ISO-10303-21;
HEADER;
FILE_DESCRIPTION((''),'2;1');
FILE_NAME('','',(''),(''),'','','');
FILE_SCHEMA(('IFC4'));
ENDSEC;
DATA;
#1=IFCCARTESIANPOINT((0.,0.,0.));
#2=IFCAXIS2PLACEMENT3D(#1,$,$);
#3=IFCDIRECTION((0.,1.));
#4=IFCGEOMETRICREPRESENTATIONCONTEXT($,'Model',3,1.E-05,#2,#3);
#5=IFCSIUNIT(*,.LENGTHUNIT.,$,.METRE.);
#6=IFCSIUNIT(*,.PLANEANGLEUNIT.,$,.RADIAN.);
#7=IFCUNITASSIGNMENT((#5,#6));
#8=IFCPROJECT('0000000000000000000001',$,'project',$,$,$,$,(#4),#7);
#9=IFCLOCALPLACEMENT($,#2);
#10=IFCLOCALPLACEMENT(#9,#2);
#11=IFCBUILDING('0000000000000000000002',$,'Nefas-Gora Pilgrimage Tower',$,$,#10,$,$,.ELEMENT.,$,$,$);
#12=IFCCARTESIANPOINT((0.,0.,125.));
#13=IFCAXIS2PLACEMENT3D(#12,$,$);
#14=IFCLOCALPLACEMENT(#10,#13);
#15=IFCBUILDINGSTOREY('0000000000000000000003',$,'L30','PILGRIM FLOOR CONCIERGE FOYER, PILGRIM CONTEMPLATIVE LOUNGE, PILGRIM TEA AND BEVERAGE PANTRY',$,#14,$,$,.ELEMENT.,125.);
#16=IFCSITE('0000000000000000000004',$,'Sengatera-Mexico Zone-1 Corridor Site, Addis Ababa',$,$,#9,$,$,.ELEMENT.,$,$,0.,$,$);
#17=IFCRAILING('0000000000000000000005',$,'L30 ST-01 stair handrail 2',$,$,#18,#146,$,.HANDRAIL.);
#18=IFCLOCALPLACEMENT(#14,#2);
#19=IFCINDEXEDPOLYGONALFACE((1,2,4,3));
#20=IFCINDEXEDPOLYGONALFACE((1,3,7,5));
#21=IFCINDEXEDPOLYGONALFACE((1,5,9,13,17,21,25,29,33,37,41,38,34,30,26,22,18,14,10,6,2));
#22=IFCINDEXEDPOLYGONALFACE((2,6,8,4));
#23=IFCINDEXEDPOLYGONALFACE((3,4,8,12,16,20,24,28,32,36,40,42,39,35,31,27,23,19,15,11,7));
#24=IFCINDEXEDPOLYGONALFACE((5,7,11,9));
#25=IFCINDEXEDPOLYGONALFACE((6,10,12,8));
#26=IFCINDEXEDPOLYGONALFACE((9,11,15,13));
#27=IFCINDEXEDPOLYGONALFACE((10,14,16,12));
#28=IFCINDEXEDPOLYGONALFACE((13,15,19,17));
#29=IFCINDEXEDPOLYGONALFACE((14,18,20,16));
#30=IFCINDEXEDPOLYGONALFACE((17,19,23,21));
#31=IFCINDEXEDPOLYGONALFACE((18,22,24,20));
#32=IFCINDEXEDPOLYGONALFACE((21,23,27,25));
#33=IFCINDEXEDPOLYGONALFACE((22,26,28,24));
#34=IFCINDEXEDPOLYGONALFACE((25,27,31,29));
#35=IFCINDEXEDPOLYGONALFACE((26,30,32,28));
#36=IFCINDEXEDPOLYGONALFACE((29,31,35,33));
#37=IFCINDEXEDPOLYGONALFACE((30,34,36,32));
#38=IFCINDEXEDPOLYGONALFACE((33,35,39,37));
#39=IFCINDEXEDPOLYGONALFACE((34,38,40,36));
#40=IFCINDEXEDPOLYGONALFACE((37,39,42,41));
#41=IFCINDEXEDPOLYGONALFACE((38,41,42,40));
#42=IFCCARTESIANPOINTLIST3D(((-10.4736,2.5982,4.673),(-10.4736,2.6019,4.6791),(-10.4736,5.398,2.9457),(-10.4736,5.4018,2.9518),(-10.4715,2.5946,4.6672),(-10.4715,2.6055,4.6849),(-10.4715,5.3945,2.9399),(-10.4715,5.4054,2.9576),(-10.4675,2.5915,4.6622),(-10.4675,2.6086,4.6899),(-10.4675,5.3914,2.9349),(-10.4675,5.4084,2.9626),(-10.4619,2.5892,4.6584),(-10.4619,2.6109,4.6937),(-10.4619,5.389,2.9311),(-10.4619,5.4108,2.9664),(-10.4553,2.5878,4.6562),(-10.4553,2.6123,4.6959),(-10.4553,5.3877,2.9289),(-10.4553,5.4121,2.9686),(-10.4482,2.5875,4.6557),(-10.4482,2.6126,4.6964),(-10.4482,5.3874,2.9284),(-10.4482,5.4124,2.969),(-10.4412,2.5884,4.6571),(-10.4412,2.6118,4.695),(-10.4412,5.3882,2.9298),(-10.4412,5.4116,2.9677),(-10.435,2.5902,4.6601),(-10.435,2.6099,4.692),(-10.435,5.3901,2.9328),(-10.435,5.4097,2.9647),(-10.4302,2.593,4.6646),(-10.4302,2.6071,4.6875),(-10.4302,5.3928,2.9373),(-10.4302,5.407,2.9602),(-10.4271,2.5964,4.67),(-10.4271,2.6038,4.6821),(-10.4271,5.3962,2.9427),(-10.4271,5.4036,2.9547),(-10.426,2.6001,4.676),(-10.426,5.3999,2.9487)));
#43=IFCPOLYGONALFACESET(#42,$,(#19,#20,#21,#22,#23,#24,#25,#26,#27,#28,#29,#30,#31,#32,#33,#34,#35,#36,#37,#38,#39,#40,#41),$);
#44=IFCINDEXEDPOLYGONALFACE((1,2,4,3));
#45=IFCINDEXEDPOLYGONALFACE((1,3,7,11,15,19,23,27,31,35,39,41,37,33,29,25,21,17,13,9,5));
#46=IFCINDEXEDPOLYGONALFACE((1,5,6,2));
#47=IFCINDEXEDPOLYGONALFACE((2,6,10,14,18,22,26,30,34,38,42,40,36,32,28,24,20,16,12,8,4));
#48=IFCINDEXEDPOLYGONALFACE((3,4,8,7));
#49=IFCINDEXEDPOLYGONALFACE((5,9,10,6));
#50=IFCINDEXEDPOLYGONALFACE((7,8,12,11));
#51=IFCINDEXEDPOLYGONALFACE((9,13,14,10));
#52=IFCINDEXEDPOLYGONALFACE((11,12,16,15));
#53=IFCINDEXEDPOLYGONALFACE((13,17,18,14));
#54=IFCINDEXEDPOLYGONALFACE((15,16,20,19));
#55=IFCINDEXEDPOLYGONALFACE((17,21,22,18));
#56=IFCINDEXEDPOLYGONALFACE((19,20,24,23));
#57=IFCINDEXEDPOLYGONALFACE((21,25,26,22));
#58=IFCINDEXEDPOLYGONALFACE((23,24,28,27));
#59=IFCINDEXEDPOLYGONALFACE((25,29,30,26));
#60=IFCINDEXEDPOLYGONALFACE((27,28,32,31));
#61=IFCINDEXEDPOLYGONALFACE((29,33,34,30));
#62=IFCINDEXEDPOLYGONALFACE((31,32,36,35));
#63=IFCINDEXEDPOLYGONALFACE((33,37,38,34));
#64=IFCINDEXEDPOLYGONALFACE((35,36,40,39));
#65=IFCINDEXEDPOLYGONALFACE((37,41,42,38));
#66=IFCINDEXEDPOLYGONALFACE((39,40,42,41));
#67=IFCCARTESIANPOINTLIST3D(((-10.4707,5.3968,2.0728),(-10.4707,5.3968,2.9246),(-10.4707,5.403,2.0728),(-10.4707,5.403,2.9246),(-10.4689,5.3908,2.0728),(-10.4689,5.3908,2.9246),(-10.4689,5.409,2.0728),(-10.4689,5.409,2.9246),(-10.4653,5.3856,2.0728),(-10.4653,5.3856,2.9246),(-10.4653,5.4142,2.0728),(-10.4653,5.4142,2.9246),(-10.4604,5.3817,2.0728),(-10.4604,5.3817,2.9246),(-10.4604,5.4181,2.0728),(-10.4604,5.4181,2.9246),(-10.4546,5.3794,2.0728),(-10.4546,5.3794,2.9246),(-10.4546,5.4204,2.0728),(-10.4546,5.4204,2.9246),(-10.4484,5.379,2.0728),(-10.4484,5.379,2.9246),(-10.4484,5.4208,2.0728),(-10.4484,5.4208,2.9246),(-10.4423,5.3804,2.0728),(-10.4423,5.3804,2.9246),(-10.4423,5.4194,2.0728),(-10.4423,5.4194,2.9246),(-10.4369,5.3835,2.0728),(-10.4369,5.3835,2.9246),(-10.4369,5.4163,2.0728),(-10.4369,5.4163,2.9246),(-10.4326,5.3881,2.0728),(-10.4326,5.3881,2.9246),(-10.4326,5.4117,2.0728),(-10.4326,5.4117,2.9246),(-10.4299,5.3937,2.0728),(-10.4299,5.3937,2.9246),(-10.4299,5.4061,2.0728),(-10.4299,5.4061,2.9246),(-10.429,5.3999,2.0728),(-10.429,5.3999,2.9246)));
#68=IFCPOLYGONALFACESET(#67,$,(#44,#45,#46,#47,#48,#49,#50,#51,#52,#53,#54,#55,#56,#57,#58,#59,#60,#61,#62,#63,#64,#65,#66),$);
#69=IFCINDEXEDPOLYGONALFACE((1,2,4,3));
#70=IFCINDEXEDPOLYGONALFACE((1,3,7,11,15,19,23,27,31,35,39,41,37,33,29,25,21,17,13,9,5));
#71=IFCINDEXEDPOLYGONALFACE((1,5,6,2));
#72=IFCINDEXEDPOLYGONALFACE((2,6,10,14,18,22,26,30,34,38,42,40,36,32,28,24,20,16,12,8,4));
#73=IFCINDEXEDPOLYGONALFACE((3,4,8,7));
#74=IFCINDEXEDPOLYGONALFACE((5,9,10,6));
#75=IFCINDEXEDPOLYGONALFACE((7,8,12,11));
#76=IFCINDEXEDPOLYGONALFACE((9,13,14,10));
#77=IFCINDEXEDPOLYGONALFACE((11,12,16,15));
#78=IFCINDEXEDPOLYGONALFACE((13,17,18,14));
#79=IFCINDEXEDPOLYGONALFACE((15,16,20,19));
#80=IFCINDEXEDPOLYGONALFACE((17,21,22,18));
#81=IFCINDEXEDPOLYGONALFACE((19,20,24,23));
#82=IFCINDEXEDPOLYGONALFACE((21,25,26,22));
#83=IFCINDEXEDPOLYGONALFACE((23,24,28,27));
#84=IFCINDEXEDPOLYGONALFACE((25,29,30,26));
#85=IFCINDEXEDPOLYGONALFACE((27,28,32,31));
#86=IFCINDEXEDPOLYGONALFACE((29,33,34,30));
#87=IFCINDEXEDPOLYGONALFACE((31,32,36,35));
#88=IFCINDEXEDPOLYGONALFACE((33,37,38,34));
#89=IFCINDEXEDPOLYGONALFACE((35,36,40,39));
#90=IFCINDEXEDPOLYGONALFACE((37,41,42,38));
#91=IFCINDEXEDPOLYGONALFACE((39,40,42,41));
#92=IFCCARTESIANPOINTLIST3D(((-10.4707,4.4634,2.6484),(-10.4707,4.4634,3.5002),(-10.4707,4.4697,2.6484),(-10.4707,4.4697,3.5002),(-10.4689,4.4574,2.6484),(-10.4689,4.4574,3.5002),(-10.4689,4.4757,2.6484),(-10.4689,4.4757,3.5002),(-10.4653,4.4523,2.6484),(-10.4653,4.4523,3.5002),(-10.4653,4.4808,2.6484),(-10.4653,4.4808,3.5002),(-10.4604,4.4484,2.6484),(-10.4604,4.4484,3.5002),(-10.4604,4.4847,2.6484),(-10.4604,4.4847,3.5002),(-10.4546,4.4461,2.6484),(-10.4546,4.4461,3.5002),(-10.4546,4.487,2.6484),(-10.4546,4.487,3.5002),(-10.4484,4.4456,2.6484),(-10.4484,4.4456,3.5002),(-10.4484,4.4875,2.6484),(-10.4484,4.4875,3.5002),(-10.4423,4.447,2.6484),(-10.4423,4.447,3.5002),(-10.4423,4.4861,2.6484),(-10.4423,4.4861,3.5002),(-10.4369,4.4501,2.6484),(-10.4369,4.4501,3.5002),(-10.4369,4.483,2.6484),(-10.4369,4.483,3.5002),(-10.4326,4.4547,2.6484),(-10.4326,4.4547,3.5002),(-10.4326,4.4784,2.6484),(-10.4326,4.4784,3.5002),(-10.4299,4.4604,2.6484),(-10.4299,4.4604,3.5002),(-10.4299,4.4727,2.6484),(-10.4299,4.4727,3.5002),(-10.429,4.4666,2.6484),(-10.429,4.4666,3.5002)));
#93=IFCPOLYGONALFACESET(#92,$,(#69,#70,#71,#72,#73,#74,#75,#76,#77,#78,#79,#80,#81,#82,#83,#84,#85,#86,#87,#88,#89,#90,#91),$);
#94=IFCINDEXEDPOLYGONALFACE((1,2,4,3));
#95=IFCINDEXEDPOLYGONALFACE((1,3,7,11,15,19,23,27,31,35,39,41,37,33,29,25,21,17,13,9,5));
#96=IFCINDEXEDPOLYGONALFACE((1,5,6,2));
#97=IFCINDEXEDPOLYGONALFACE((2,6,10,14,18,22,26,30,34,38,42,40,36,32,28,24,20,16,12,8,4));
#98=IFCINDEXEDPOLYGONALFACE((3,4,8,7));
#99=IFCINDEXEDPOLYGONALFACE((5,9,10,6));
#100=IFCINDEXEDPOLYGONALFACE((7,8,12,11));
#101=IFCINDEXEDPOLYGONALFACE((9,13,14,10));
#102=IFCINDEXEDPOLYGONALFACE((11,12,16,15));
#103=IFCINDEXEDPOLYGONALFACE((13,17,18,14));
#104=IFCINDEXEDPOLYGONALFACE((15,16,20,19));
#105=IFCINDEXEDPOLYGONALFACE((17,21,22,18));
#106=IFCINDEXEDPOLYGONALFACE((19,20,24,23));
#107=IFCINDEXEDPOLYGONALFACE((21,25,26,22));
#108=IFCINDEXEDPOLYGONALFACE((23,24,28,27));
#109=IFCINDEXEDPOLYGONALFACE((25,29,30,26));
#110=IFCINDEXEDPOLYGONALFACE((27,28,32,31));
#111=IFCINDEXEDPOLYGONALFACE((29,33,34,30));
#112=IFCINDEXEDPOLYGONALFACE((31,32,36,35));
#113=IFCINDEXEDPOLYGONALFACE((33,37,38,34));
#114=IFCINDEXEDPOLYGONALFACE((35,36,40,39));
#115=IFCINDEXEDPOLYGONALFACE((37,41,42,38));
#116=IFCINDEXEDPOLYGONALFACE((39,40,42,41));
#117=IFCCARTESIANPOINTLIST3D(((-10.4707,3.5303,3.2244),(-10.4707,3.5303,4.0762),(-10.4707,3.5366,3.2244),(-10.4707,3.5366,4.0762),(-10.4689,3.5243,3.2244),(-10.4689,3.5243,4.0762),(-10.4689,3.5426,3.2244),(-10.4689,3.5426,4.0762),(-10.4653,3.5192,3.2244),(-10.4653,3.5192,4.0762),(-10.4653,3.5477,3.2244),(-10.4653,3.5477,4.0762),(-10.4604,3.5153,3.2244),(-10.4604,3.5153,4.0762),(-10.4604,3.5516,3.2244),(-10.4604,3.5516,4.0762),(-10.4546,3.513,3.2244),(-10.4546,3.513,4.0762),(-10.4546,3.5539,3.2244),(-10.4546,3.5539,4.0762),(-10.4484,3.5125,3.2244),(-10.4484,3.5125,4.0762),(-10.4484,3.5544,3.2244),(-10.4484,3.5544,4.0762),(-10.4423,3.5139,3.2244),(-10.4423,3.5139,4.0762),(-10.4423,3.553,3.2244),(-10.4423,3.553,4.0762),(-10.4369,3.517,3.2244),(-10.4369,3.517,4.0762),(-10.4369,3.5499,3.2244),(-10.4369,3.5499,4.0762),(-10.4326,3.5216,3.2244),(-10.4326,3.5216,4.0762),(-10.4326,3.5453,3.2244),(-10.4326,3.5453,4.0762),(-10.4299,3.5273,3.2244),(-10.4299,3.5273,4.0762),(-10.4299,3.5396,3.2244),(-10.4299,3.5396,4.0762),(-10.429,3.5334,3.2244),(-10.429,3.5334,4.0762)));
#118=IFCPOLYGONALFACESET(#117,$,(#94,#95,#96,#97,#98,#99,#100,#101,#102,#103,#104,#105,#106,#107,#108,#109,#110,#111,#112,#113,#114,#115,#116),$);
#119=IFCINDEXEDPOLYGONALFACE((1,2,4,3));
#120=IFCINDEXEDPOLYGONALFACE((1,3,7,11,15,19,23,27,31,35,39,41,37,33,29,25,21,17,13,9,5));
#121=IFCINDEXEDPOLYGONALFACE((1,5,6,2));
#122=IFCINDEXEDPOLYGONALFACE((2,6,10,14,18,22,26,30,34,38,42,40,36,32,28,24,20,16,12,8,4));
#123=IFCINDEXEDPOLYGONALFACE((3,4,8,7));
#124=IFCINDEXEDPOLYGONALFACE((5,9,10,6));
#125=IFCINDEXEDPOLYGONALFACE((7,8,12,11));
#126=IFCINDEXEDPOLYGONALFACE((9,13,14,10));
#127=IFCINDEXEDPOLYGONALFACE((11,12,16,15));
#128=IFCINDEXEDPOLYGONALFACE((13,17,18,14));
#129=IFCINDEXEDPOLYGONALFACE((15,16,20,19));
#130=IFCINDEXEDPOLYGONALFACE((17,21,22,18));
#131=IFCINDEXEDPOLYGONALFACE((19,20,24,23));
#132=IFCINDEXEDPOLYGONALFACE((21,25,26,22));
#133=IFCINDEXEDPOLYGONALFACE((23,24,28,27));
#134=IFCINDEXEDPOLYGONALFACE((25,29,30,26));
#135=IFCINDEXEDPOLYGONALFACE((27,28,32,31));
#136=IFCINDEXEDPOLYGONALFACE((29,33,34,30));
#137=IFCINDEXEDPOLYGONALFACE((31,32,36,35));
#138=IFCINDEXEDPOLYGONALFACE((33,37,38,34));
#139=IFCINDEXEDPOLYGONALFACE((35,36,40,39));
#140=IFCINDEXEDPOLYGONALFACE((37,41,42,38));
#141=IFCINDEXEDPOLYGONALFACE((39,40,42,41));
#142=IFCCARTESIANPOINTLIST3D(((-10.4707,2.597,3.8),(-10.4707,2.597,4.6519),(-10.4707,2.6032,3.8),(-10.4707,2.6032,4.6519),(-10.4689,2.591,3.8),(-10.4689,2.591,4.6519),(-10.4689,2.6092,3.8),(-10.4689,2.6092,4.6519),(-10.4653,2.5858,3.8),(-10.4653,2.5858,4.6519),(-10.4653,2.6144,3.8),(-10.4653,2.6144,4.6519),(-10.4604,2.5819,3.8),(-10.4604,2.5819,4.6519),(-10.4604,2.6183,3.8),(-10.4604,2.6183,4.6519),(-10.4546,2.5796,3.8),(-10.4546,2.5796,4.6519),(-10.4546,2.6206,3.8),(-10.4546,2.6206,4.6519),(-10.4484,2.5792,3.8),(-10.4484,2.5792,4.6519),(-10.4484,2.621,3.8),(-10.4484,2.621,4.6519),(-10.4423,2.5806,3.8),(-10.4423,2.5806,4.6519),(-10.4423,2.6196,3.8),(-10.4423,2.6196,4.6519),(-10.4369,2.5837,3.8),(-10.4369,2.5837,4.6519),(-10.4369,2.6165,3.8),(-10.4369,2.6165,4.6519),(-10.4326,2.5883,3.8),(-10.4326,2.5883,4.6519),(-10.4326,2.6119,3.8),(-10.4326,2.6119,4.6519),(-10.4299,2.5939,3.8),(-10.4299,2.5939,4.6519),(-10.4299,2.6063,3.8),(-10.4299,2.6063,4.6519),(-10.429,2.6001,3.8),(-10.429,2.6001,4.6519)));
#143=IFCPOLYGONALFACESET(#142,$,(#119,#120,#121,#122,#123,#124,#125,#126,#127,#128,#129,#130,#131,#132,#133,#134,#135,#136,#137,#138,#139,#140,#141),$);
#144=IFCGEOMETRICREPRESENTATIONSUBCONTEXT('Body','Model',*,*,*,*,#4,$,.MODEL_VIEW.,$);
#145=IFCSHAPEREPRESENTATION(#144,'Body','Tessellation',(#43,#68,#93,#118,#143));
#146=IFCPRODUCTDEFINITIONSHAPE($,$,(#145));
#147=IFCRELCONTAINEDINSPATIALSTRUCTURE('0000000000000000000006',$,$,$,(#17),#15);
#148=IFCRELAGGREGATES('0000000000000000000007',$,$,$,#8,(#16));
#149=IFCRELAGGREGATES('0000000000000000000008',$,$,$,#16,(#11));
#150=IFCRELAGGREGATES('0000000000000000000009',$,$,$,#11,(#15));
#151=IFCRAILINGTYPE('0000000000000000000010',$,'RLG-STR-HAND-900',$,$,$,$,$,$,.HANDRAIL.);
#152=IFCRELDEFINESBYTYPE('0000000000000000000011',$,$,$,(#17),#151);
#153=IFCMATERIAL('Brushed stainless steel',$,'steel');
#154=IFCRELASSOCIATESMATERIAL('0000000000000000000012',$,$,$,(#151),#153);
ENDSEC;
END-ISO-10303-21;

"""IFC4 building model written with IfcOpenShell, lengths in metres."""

from ifc_helpers import new_model, si_unit, direction, frame, origin, origin_2d, place, context, subcontext, project, spatial, circle, extrude, material, type_object, element, save


model = new_model("IFC4")

# Units and contexts
model_context = context("Model", 3, precision=1e-05, world=origin(), true_north=direction((0.0, 1.0)))
body_context = subcontext(model_context, "Body", "Model", "MODEL_VIEW")
ifc_project = project(units=[si_unit("LENGTHUNIT", "METRE"), si_unit("PLANEANGLEUNIT", "RADIAN")], contexts=[model_context])

# Site, building, storey
site_placement = place(None, origin())
site = spatial("IfcSite", under=ifc_project, at=site_placement, Name="Sengatera-Mexico Zone-1 Corridor Site, Addis Ababa", CompositionType="ELEMENT", RefElevation=0.0)
building_placement = place(site_placement, origin())
building = spatial("IfcBuilding", under=site, at=building_placement, Name="Nefas-Gora Pilgrimage Tower", CompositionType="ELEMENT")
storey_placement = place(building_placement, frame((0.0, 0.0, 125.0)))
storey = spatial("IfcBuildingStorey", under=building, at=storey_placement, Name="L30", Description="PILGRIM FLOOR CONCIERGE FOYER, PILGRIM CONTEMPLATIVE LOUNGE, PILGRIM TEA AND BEVERAGE PANTRY", CompositionType="ELEMENT", Elevation=125.0)

# Railing
ifc_material_1 = material(Name="Brushed stainless steel", Category="steel")
railing_type_1 = type_object("IfcRailingType", Name="RLG-STR-HAND-900", PredefinedType="HANDRAIL", material=ifc_material_1)
railing_1_placement = place(storey_placement, frame((-10.45, 5.3999, 2.0728)))
element("IfcRailing", 1, at=railing_1_placement, inside=storey, type_object=railing_type_1, Name="L30 ST-01 stair handrail 2", PredefinedType="HANDRAIL", context=body_context, shape_type="SweptSolid", body=[
    extrude(circle(Radius=0.0239, at=origin_2d()), frame((0.0, 0.0, 0.876), z_axis=(0.0, -0.851069, 0.525054), x_axis=(1.0, 0.0, 0.0)), (0.0, 0.0, 1.0), 3.2898),
    extrude(circle(Radius=0.021, at=origin_2d()), origin(), (0.0, 0.0, 1.0), 0.8518),
    extrude(circle(Radius=0.021, at=origin_2d()), frame((0.0, -0.9333, 0.5757)), (0.0, 0.0, 1.0), 0.8518),
    extrude(circle(Radius=0.021, at=origin_2d()), frame((0.0, -1.8665, 1.1516)), (0.0, 0.0, 1.0), 0.8518),
    extrude(circle(Radius=0.021, at=origin_2d()), frame((0.0, -2.7998, 1.7273)), (0.0, 0.0, 1.0), 0.8518),
])

save(model, "model.ifc")
